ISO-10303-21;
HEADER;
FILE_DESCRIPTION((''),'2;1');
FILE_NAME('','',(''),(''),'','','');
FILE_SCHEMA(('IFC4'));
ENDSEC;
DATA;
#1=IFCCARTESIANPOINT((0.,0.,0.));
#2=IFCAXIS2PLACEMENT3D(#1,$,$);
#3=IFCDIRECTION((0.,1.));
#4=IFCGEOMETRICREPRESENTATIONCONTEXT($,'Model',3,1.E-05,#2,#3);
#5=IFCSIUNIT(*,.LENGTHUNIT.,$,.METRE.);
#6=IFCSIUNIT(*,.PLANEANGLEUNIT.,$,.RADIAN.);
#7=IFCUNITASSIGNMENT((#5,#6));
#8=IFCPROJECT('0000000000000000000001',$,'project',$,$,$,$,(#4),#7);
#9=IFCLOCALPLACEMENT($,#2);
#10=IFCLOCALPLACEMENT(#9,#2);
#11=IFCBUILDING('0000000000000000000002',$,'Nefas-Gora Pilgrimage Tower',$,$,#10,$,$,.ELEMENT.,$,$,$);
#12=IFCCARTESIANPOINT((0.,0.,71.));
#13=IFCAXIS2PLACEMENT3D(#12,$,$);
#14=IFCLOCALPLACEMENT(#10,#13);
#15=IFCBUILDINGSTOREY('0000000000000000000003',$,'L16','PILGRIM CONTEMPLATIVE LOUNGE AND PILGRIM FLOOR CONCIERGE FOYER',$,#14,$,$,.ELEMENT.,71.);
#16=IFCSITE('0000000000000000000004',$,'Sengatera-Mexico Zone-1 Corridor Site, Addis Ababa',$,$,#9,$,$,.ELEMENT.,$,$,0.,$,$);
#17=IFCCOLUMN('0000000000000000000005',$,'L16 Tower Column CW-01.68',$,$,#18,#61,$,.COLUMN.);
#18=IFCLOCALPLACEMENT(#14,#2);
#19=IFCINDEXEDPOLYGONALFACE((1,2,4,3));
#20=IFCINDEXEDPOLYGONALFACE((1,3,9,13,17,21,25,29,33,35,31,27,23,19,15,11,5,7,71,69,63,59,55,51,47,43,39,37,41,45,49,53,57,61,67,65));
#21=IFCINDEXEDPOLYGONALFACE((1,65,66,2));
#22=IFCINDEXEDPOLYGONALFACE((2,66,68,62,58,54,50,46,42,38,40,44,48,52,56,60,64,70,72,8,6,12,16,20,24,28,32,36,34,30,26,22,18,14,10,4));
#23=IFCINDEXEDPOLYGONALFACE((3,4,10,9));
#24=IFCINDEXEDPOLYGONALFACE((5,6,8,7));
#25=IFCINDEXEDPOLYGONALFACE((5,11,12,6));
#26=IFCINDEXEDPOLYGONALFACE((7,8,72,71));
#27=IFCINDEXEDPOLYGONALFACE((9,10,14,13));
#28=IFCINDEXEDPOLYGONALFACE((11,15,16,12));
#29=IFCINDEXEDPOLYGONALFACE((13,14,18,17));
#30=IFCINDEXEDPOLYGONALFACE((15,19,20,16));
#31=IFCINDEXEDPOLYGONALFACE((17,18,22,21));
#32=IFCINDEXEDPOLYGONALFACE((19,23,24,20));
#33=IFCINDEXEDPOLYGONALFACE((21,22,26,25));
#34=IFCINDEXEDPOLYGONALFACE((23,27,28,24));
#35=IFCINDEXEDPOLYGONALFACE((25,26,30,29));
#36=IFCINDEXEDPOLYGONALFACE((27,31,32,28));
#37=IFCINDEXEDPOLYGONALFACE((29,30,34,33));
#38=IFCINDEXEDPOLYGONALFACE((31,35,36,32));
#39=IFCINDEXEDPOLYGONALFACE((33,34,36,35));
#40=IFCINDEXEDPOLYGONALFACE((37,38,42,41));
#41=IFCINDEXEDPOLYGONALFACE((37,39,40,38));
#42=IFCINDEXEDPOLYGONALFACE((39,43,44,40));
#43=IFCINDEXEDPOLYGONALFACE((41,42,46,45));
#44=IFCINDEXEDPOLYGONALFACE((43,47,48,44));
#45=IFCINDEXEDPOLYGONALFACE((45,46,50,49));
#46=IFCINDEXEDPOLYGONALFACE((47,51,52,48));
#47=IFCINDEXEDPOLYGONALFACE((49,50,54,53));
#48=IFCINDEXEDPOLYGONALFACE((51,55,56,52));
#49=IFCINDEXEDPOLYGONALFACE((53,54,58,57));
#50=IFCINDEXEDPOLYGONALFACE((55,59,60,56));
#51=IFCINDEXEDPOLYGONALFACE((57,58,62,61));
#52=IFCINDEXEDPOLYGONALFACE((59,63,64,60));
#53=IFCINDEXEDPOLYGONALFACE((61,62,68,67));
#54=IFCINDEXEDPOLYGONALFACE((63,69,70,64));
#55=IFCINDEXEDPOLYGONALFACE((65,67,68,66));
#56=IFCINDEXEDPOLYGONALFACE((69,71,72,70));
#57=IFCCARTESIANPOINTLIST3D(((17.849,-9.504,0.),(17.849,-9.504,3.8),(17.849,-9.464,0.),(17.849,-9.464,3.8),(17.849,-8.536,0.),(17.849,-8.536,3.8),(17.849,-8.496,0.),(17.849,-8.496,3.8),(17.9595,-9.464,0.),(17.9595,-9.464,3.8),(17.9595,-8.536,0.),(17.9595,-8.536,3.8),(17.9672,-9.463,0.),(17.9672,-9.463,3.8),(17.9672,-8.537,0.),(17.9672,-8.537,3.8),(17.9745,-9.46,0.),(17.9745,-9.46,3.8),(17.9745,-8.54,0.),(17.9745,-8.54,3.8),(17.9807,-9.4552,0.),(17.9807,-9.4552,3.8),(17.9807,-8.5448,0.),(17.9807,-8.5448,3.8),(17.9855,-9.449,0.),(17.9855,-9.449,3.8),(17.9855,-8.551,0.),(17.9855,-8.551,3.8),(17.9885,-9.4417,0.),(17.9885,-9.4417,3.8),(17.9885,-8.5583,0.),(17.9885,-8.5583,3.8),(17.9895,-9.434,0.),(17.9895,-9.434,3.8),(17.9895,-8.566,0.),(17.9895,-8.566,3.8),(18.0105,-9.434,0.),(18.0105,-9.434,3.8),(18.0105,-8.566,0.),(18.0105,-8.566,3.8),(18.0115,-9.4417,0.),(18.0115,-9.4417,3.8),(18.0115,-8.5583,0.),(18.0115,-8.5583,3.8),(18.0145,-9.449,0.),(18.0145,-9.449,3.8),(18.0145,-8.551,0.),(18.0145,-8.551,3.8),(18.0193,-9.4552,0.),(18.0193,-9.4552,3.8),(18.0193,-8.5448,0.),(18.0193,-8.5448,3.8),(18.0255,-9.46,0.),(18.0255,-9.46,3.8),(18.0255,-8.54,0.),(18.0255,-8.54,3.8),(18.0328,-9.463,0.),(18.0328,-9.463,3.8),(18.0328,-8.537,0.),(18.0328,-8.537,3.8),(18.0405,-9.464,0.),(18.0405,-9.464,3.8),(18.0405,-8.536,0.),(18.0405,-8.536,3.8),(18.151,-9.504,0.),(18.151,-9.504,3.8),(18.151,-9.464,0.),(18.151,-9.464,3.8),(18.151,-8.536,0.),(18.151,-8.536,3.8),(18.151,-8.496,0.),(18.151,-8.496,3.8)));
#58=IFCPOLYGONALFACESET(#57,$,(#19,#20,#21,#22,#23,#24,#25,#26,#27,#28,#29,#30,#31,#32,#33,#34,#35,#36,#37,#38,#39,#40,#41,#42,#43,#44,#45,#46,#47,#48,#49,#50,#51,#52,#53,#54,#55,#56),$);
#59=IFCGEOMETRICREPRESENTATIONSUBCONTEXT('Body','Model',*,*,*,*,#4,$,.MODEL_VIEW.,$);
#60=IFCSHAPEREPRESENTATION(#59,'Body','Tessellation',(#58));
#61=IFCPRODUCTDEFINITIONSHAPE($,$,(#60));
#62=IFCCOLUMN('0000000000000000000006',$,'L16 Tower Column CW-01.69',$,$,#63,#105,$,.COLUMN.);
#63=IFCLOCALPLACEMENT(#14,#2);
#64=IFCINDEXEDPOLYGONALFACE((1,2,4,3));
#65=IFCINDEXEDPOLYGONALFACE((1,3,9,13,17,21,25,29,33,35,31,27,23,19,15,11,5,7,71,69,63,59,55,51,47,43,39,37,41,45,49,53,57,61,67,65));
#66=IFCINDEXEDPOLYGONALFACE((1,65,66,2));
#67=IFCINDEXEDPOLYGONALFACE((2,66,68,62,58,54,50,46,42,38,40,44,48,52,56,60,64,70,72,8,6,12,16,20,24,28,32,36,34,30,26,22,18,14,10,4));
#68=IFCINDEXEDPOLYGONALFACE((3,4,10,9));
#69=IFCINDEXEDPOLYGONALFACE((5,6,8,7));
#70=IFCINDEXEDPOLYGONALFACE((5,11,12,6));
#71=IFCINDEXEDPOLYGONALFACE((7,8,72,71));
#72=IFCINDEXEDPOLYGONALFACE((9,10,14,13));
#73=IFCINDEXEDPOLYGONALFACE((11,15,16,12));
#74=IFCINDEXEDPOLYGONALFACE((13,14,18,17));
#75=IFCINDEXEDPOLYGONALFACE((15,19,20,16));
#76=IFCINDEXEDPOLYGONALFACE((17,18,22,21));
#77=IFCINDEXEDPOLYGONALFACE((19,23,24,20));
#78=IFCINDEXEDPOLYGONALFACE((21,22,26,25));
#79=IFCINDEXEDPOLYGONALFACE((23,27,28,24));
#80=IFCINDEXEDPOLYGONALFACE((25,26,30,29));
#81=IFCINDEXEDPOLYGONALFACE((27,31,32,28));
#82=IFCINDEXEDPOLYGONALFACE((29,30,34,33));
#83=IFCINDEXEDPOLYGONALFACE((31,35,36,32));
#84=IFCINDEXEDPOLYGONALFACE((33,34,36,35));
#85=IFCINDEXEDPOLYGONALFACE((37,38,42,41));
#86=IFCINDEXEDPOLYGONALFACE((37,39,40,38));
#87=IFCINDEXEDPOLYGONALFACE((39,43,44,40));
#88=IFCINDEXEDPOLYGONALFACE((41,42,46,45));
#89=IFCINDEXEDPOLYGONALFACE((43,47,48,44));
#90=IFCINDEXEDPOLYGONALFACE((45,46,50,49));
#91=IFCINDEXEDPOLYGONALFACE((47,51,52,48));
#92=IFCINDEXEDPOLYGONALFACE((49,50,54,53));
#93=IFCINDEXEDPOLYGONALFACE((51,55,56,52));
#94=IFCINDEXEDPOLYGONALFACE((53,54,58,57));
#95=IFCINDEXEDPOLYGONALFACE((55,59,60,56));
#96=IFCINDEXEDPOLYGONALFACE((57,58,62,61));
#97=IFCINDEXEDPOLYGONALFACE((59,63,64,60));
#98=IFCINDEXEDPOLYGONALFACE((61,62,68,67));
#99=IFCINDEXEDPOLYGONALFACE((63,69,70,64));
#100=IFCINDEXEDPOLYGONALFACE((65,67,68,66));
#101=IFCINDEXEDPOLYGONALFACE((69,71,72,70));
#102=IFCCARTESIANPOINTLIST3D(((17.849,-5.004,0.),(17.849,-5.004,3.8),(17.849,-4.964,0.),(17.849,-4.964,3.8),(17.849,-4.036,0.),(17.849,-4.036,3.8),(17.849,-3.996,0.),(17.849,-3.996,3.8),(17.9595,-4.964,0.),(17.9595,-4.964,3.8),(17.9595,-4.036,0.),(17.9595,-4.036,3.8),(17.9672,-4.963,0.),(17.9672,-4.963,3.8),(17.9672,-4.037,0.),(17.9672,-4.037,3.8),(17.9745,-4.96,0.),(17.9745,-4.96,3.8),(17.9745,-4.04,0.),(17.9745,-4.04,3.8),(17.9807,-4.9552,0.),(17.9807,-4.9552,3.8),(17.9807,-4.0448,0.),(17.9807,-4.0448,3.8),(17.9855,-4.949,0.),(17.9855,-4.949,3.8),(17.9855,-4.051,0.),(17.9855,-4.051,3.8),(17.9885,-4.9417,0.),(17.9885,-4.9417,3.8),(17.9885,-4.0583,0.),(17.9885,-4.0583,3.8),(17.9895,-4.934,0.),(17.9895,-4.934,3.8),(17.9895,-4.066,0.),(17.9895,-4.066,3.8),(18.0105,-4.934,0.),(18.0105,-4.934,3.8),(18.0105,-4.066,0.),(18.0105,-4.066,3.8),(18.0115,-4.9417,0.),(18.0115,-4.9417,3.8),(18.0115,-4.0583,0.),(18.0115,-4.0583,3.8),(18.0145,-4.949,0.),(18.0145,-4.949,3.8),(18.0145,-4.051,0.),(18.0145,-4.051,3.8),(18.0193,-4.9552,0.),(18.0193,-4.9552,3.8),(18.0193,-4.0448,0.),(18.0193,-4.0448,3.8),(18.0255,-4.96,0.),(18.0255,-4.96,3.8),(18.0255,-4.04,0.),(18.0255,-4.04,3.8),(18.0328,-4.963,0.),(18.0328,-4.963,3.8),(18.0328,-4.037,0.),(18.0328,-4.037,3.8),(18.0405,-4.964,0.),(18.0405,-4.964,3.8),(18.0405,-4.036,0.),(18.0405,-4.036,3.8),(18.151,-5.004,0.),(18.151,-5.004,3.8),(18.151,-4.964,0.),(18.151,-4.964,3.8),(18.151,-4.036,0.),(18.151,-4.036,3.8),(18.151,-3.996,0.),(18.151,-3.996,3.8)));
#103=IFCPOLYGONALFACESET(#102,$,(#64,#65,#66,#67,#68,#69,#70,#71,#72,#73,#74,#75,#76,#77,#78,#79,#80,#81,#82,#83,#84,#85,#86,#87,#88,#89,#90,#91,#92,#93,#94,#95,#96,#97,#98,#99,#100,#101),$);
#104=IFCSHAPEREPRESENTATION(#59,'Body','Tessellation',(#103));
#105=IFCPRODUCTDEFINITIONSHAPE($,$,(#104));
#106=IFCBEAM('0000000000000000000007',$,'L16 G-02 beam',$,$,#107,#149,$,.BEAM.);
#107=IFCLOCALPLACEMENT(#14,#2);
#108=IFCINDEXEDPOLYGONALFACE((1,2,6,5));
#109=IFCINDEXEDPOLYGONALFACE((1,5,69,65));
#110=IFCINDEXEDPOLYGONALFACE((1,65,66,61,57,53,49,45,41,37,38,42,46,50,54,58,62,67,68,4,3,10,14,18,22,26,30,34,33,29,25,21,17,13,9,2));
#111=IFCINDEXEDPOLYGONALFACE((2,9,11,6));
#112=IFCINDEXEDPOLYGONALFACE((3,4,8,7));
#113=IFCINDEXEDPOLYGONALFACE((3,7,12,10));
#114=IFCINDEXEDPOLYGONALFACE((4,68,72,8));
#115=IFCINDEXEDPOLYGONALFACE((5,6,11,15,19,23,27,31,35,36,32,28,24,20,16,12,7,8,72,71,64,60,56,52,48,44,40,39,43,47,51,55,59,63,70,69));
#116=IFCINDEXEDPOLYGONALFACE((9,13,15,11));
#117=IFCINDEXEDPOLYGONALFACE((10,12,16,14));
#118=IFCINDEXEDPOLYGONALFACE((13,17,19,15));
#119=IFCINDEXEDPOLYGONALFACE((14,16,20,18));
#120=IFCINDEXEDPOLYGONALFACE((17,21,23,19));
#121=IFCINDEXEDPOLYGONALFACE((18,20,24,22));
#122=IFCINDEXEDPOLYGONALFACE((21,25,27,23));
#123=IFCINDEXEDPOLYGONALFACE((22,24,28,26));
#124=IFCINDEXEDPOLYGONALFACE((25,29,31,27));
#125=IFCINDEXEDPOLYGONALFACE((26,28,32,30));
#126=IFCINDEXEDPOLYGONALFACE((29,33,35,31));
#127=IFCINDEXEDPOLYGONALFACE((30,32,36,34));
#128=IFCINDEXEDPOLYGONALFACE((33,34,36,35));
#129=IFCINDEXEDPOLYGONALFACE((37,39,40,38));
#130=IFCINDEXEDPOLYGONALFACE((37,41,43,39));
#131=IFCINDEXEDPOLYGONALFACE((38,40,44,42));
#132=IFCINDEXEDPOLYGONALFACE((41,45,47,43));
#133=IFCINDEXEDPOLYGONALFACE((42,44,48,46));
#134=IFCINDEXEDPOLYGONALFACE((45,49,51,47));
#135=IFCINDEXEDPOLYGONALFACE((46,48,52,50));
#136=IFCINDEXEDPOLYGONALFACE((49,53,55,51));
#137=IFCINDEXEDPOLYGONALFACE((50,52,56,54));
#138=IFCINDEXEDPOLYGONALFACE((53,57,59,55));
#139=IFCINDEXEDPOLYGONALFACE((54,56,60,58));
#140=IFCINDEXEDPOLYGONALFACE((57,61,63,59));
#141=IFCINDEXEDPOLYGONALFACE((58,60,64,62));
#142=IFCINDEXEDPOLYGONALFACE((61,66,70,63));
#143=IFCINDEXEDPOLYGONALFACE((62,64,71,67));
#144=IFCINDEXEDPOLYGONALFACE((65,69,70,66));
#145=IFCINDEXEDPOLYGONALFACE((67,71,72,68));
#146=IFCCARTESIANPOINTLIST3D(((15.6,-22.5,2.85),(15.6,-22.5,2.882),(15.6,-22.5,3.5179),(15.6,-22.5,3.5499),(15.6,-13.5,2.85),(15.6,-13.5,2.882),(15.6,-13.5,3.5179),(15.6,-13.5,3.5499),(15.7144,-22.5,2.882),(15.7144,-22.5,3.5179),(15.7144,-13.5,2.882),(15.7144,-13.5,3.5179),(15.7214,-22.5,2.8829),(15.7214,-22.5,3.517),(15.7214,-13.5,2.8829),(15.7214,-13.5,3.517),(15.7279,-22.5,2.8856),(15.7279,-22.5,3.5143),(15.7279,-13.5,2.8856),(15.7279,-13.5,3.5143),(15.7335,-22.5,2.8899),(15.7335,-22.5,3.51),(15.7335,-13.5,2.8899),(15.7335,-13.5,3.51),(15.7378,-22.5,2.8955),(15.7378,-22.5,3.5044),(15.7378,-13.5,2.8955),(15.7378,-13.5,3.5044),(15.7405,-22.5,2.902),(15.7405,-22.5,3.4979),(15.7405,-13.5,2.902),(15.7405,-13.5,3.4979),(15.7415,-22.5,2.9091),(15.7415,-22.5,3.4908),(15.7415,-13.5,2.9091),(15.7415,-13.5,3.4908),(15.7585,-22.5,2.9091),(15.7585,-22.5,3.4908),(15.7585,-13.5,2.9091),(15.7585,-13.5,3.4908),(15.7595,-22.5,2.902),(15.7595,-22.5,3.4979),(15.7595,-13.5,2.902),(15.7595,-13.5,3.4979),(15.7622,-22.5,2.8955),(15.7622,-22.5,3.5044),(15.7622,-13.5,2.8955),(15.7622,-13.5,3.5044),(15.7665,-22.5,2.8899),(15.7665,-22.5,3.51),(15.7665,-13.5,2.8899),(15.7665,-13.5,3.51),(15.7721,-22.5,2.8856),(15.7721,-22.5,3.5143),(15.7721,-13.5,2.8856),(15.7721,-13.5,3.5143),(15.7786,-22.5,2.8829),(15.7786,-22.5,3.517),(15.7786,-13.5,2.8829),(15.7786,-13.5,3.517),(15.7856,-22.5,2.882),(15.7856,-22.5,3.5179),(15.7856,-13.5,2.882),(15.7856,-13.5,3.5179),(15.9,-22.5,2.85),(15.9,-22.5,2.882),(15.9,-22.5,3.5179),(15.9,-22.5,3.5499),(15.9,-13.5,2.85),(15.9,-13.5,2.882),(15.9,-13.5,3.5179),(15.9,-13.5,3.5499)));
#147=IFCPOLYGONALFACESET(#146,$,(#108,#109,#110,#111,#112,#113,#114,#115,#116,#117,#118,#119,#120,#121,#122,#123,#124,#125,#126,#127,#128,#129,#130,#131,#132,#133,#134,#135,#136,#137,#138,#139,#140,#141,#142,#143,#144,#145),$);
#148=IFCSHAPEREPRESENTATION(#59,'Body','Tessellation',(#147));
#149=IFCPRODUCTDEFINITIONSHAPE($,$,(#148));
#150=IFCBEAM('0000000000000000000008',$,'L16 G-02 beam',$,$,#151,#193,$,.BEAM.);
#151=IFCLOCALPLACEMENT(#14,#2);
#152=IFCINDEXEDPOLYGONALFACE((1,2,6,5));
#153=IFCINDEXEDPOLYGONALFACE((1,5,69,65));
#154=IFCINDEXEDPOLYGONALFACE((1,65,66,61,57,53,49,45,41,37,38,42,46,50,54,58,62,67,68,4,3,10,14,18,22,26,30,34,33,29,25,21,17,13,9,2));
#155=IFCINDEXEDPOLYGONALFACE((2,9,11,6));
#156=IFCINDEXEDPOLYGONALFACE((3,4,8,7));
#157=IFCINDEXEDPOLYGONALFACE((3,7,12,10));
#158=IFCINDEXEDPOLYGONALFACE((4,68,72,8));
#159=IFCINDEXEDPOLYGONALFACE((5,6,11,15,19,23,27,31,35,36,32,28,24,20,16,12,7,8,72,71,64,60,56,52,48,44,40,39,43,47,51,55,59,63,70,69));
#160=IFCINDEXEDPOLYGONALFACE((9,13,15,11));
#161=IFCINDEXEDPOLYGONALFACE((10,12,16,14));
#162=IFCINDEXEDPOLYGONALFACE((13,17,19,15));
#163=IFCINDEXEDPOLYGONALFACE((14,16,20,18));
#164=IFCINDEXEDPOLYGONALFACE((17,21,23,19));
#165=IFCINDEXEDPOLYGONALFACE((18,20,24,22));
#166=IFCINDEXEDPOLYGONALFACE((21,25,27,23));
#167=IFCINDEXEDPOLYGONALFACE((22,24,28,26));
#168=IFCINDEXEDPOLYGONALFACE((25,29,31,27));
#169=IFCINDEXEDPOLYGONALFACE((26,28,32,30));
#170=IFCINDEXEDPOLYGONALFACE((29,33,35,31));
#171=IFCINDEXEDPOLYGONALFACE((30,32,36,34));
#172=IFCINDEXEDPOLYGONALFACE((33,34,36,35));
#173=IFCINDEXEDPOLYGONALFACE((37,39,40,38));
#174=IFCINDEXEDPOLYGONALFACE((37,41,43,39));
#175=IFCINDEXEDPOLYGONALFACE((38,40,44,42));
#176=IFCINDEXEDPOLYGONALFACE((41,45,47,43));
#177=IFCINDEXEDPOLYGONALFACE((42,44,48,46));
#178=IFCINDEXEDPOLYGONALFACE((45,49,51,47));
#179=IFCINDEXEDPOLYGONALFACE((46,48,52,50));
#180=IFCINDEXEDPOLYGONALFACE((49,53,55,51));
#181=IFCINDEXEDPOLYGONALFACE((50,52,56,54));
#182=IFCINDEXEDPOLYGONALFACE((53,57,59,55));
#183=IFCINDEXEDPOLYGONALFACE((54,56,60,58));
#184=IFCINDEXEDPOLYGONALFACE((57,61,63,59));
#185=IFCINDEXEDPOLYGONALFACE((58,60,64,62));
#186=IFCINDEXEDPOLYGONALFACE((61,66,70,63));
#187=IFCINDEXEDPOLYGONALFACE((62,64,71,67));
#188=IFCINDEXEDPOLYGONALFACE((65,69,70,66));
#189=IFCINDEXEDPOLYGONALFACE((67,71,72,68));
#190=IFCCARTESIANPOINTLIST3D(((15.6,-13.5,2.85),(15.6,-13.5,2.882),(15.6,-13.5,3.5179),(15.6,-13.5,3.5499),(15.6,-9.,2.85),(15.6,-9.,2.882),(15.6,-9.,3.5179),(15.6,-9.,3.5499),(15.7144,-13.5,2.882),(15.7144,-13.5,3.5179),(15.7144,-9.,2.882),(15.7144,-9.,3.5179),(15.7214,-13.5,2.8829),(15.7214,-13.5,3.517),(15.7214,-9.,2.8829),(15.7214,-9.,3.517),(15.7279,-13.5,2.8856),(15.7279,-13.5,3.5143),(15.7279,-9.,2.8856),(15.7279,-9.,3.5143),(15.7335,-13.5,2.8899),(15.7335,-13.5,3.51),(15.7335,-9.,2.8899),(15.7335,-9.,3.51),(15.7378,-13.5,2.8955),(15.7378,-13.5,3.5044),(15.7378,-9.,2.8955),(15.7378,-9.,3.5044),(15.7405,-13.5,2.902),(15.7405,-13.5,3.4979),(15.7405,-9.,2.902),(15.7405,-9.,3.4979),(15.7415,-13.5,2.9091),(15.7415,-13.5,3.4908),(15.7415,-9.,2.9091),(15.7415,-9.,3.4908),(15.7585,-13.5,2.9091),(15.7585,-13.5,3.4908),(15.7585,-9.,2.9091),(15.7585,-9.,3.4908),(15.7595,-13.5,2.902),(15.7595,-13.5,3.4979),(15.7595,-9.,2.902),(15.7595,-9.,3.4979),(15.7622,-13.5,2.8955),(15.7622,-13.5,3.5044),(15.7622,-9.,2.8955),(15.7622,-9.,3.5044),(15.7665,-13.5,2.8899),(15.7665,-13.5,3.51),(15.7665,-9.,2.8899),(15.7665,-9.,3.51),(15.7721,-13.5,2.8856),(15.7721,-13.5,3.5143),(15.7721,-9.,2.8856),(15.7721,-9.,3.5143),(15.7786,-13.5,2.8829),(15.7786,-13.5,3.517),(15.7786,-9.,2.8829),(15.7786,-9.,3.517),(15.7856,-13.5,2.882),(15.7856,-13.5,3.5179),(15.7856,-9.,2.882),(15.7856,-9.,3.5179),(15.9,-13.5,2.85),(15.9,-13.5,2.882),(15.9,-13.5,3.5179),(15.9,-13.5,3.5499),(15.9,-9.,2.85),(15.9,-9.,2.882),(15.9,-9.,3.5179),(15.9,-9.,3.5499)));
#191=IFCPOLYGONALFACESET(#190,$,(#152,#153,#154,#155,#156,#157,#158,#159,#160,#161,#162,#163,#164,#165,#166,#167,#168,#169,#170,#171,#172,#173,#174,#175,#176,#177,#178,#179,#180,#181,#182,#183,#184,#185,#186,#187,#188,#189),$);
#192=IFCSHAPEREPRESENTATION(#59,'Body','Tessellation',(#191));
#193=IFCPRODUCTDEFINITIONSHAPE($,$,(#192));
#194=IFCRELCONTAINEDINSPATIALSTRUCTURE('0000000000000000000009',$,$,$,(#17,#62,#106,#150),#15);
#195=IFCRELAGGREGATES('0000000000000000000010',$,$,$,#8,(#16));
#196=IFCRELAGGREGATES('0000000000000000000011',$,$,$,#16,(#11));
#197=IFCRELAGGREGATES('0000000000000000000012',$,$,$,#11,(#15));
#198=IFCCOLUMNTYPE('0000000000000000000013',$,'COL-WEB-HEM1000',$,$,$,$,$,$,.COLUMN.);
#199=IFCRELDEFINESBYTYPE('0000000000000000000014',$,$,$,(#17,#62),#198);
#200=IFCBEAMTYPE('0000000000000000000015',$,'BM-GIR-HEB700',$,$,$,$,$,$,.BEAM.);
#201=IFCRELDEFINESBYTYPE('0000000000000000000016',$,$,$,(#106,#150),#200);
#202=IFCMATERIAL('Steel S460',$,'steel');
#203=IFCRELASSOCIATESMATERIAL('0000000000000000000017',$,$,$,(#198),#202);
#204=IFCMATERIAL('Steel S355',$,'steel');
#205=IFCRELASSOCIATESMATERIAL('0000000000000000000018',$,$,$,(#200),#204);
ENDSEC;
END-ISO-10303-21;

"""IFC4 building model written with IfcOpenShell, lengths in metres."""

from ifc_helpers import new_model, si_unit, direction, frame, origin, origin_2d, place, context, subcontext, project, spatial, i_section, extrude, source, transform, mapped, material, material_profile, profile_set, type_object, element, save


model = new_model("IFC4")

# Units and contexts
model_context = context("Model", 3, precision=1e-05, world=origin(), true_north=direction((0.0, 1.0)))
body_context = subcontext(model_context, "Body", "Model", "MODEL_VIEW")
ifc_project = project(units=[si_unit("LENGTHUNIT", "METRE"), si_unit("PLANEANGLEUNIT", "RADIAN")], contexts=[model_context])

# Site, building, storey
site_placement = place(None, origin())
site = spatial("IfcSite", under=ifc_project, at=site_placement, Name="Sengatera-Mexico Zone-1 Corridor Site, Addis Ababa", CompositionType="ELEMENT", RefElevation=0.0)
building_placement = place(site_placement, origin())
building = spatial("IfcBuilding", under=site, at=building_placement, Name="Nefas-Gora Pilgrimage Tower", CompositionType="ELEMENT")
storey_placement = place(building_placement, frame((0.0, 0.0, 71.0)))
storey = spatial("IfcBuildingStorey", under=building, at=storey_placement, Name="L16", Description="PILGRIM CONTEMPLATIVE LOUNGE AND PILGRIM FLOOR CONCIERGE FOYER", CompositionType="ELEMENT", Elevation=71.0)

# Columns
ifc_material_1 = material(Name="Steel S460", Category="steel")
ifc_material_profile_1 = material_profile(ifc_material_1, i_section(OverallWidth=0.302, OverallDepth=1.0081, WebThickness=0.021, FlangeThickness=0.04, FilletRadius=0.03, at=origin_2d()), Name="HEM 1000")
ifc_profile_set_1 = profile_set([ifc_material_profile_1], Name="Steel S460")
column_type_1 = type_object("IfcColumnType", Name="COL-WEB-HEM1000", PredefinedType="COLUMN", material=ifc_profile_set_1)
shared_shape_1 = source(origin(), body_context, "Body", "SweptSolid", [
    extrude(i_section(OverallWidth=0.302, OverallDepth=1.0081, WebThickness=0.021, FlangeThickness=0.04, FilletRadius=0.03, at=origin_2d()), origin(), (0.0, 0.0, 1.0), 3.8),
])
for number, where, z_axis, x_axis, name in (
    (1, (18.0, -9.0, 0.0), (0.0, 0.0, 1.0), (1.0, 0.0, 0.0), "L16 Tower Column CW-01.68"),
    (2, (18.0, -4.5, 0.0), (0.0, 0.0, 1.0), (1.0, 0.0, 0.0), "L16 Tower Column CW-01.69"),
):
    element("IfcColumn", number, at=place(storey_placement, frame(where, z_axis=z_axis, x_axis=x_axis)), inside=storey, type_object=column_type_1, Name=name, PredefinedType="COLUMN", context=body_context, shape_type="MappedRepresentation", body=[
        mapped(shared_shape_1, transform((0.0, 0.0, 0.0), x_axis=(1.0, 0.0, 0.0), y_axis=(0.0, 1.0, 0.0), z_axis=(0.0, 0.0, 1.0), scale=1.0)),
    ])

# Beams
ifc_material_2 = material(Name="Steel S355", Category="steel")
ifc_material_profile_2 = material_profile(ifc_material_2, i_section(OverallWidth=0.3, OverallDepth=0.7, WebThickness=0.0171, FlangeThickness=0.032, FilletRadius=0.0271, at=origin_2d()), Name="HEB 700")
ifc_profile_set_2 = profile_set([ifc_material_profile_2], Name="Steel S355")
beam_type_1 = type_object("IfcBeamType", Name="BM-GIR-HEB700", PredefinedType="BEAM", material=ifc_profile_set_2)
shared_shape_2 = source(origin(), body_context, "Body", "SweptSolid", [
    extrude(i_section(OverallWidth=0.3, OverallDepth=0.7, WebThickness=0.0171, FlangeThickness=0.032, FilletRadius=0.0271, at=origin_2d()), origin(), (0.0, 0.0, 1.0), 9.0),
])
beam_placement = place(storey_placement, frame((15.75, -22.5, 3.2), z_axis=(0.0, 1.0, 0.0), x_axis=(-1.0, 0.0, 0.0)))
element("IfcBeam", 3, at=beam_placement, inside=storey, type_object=beam_type_1, Name="L16 G-02 beam", PredefinedType="BEAM", context=body_context, shape_type="MappedRepresentation", body=[
    mapped(shared_shape_2, transform((0.0, 0.0, 0.0), x_axis=(1.0, 0.0, 0.0), y_axis=(0.0, 1.0, 0.0), z_axis=(0.0, 0.0, 1.0), scale=1.0)),
])
shared_shape_3 = source(origin(), body_context, "Body", "SweptSolid", [
    extrude(i_section(OverallWidth=0.3, OverallDepth=0.7, WebThickness=0.0171, FlangeThickness=0.032, FilletRadius=0.0271, at=origin_2d()), origin(), (0.0, 0.0, 1.0), 4.5),
])
for number, where, z_axis, x_axis, name in (
    (4, (15.75, -13.5, 3.2), (0.0, 1.0, 0.0), (-1.0, 0.0, 0.0), "L16 G-02 beam"),
):
    element("IfcBeam", number, at=place(storey_placement, frame(where, z_axis=z_axis, x_axis=x_axis)), inside=storey, type_object=beam_type_1, Name=name, PredefinedType="BEAM", context=body_context, shape_type="MappedRepresentation", body=[
        mapped(shared_shape_3, transform((0.0, 0.0, 0.0), x_axis=(1.0, 0.0, 0.0), y_axis=(0.0, 1.0, 0.0), z_axis=(0.0, 0.0, 1.0), scale=1.0)),
    ])

save(model, "model.ifc")
